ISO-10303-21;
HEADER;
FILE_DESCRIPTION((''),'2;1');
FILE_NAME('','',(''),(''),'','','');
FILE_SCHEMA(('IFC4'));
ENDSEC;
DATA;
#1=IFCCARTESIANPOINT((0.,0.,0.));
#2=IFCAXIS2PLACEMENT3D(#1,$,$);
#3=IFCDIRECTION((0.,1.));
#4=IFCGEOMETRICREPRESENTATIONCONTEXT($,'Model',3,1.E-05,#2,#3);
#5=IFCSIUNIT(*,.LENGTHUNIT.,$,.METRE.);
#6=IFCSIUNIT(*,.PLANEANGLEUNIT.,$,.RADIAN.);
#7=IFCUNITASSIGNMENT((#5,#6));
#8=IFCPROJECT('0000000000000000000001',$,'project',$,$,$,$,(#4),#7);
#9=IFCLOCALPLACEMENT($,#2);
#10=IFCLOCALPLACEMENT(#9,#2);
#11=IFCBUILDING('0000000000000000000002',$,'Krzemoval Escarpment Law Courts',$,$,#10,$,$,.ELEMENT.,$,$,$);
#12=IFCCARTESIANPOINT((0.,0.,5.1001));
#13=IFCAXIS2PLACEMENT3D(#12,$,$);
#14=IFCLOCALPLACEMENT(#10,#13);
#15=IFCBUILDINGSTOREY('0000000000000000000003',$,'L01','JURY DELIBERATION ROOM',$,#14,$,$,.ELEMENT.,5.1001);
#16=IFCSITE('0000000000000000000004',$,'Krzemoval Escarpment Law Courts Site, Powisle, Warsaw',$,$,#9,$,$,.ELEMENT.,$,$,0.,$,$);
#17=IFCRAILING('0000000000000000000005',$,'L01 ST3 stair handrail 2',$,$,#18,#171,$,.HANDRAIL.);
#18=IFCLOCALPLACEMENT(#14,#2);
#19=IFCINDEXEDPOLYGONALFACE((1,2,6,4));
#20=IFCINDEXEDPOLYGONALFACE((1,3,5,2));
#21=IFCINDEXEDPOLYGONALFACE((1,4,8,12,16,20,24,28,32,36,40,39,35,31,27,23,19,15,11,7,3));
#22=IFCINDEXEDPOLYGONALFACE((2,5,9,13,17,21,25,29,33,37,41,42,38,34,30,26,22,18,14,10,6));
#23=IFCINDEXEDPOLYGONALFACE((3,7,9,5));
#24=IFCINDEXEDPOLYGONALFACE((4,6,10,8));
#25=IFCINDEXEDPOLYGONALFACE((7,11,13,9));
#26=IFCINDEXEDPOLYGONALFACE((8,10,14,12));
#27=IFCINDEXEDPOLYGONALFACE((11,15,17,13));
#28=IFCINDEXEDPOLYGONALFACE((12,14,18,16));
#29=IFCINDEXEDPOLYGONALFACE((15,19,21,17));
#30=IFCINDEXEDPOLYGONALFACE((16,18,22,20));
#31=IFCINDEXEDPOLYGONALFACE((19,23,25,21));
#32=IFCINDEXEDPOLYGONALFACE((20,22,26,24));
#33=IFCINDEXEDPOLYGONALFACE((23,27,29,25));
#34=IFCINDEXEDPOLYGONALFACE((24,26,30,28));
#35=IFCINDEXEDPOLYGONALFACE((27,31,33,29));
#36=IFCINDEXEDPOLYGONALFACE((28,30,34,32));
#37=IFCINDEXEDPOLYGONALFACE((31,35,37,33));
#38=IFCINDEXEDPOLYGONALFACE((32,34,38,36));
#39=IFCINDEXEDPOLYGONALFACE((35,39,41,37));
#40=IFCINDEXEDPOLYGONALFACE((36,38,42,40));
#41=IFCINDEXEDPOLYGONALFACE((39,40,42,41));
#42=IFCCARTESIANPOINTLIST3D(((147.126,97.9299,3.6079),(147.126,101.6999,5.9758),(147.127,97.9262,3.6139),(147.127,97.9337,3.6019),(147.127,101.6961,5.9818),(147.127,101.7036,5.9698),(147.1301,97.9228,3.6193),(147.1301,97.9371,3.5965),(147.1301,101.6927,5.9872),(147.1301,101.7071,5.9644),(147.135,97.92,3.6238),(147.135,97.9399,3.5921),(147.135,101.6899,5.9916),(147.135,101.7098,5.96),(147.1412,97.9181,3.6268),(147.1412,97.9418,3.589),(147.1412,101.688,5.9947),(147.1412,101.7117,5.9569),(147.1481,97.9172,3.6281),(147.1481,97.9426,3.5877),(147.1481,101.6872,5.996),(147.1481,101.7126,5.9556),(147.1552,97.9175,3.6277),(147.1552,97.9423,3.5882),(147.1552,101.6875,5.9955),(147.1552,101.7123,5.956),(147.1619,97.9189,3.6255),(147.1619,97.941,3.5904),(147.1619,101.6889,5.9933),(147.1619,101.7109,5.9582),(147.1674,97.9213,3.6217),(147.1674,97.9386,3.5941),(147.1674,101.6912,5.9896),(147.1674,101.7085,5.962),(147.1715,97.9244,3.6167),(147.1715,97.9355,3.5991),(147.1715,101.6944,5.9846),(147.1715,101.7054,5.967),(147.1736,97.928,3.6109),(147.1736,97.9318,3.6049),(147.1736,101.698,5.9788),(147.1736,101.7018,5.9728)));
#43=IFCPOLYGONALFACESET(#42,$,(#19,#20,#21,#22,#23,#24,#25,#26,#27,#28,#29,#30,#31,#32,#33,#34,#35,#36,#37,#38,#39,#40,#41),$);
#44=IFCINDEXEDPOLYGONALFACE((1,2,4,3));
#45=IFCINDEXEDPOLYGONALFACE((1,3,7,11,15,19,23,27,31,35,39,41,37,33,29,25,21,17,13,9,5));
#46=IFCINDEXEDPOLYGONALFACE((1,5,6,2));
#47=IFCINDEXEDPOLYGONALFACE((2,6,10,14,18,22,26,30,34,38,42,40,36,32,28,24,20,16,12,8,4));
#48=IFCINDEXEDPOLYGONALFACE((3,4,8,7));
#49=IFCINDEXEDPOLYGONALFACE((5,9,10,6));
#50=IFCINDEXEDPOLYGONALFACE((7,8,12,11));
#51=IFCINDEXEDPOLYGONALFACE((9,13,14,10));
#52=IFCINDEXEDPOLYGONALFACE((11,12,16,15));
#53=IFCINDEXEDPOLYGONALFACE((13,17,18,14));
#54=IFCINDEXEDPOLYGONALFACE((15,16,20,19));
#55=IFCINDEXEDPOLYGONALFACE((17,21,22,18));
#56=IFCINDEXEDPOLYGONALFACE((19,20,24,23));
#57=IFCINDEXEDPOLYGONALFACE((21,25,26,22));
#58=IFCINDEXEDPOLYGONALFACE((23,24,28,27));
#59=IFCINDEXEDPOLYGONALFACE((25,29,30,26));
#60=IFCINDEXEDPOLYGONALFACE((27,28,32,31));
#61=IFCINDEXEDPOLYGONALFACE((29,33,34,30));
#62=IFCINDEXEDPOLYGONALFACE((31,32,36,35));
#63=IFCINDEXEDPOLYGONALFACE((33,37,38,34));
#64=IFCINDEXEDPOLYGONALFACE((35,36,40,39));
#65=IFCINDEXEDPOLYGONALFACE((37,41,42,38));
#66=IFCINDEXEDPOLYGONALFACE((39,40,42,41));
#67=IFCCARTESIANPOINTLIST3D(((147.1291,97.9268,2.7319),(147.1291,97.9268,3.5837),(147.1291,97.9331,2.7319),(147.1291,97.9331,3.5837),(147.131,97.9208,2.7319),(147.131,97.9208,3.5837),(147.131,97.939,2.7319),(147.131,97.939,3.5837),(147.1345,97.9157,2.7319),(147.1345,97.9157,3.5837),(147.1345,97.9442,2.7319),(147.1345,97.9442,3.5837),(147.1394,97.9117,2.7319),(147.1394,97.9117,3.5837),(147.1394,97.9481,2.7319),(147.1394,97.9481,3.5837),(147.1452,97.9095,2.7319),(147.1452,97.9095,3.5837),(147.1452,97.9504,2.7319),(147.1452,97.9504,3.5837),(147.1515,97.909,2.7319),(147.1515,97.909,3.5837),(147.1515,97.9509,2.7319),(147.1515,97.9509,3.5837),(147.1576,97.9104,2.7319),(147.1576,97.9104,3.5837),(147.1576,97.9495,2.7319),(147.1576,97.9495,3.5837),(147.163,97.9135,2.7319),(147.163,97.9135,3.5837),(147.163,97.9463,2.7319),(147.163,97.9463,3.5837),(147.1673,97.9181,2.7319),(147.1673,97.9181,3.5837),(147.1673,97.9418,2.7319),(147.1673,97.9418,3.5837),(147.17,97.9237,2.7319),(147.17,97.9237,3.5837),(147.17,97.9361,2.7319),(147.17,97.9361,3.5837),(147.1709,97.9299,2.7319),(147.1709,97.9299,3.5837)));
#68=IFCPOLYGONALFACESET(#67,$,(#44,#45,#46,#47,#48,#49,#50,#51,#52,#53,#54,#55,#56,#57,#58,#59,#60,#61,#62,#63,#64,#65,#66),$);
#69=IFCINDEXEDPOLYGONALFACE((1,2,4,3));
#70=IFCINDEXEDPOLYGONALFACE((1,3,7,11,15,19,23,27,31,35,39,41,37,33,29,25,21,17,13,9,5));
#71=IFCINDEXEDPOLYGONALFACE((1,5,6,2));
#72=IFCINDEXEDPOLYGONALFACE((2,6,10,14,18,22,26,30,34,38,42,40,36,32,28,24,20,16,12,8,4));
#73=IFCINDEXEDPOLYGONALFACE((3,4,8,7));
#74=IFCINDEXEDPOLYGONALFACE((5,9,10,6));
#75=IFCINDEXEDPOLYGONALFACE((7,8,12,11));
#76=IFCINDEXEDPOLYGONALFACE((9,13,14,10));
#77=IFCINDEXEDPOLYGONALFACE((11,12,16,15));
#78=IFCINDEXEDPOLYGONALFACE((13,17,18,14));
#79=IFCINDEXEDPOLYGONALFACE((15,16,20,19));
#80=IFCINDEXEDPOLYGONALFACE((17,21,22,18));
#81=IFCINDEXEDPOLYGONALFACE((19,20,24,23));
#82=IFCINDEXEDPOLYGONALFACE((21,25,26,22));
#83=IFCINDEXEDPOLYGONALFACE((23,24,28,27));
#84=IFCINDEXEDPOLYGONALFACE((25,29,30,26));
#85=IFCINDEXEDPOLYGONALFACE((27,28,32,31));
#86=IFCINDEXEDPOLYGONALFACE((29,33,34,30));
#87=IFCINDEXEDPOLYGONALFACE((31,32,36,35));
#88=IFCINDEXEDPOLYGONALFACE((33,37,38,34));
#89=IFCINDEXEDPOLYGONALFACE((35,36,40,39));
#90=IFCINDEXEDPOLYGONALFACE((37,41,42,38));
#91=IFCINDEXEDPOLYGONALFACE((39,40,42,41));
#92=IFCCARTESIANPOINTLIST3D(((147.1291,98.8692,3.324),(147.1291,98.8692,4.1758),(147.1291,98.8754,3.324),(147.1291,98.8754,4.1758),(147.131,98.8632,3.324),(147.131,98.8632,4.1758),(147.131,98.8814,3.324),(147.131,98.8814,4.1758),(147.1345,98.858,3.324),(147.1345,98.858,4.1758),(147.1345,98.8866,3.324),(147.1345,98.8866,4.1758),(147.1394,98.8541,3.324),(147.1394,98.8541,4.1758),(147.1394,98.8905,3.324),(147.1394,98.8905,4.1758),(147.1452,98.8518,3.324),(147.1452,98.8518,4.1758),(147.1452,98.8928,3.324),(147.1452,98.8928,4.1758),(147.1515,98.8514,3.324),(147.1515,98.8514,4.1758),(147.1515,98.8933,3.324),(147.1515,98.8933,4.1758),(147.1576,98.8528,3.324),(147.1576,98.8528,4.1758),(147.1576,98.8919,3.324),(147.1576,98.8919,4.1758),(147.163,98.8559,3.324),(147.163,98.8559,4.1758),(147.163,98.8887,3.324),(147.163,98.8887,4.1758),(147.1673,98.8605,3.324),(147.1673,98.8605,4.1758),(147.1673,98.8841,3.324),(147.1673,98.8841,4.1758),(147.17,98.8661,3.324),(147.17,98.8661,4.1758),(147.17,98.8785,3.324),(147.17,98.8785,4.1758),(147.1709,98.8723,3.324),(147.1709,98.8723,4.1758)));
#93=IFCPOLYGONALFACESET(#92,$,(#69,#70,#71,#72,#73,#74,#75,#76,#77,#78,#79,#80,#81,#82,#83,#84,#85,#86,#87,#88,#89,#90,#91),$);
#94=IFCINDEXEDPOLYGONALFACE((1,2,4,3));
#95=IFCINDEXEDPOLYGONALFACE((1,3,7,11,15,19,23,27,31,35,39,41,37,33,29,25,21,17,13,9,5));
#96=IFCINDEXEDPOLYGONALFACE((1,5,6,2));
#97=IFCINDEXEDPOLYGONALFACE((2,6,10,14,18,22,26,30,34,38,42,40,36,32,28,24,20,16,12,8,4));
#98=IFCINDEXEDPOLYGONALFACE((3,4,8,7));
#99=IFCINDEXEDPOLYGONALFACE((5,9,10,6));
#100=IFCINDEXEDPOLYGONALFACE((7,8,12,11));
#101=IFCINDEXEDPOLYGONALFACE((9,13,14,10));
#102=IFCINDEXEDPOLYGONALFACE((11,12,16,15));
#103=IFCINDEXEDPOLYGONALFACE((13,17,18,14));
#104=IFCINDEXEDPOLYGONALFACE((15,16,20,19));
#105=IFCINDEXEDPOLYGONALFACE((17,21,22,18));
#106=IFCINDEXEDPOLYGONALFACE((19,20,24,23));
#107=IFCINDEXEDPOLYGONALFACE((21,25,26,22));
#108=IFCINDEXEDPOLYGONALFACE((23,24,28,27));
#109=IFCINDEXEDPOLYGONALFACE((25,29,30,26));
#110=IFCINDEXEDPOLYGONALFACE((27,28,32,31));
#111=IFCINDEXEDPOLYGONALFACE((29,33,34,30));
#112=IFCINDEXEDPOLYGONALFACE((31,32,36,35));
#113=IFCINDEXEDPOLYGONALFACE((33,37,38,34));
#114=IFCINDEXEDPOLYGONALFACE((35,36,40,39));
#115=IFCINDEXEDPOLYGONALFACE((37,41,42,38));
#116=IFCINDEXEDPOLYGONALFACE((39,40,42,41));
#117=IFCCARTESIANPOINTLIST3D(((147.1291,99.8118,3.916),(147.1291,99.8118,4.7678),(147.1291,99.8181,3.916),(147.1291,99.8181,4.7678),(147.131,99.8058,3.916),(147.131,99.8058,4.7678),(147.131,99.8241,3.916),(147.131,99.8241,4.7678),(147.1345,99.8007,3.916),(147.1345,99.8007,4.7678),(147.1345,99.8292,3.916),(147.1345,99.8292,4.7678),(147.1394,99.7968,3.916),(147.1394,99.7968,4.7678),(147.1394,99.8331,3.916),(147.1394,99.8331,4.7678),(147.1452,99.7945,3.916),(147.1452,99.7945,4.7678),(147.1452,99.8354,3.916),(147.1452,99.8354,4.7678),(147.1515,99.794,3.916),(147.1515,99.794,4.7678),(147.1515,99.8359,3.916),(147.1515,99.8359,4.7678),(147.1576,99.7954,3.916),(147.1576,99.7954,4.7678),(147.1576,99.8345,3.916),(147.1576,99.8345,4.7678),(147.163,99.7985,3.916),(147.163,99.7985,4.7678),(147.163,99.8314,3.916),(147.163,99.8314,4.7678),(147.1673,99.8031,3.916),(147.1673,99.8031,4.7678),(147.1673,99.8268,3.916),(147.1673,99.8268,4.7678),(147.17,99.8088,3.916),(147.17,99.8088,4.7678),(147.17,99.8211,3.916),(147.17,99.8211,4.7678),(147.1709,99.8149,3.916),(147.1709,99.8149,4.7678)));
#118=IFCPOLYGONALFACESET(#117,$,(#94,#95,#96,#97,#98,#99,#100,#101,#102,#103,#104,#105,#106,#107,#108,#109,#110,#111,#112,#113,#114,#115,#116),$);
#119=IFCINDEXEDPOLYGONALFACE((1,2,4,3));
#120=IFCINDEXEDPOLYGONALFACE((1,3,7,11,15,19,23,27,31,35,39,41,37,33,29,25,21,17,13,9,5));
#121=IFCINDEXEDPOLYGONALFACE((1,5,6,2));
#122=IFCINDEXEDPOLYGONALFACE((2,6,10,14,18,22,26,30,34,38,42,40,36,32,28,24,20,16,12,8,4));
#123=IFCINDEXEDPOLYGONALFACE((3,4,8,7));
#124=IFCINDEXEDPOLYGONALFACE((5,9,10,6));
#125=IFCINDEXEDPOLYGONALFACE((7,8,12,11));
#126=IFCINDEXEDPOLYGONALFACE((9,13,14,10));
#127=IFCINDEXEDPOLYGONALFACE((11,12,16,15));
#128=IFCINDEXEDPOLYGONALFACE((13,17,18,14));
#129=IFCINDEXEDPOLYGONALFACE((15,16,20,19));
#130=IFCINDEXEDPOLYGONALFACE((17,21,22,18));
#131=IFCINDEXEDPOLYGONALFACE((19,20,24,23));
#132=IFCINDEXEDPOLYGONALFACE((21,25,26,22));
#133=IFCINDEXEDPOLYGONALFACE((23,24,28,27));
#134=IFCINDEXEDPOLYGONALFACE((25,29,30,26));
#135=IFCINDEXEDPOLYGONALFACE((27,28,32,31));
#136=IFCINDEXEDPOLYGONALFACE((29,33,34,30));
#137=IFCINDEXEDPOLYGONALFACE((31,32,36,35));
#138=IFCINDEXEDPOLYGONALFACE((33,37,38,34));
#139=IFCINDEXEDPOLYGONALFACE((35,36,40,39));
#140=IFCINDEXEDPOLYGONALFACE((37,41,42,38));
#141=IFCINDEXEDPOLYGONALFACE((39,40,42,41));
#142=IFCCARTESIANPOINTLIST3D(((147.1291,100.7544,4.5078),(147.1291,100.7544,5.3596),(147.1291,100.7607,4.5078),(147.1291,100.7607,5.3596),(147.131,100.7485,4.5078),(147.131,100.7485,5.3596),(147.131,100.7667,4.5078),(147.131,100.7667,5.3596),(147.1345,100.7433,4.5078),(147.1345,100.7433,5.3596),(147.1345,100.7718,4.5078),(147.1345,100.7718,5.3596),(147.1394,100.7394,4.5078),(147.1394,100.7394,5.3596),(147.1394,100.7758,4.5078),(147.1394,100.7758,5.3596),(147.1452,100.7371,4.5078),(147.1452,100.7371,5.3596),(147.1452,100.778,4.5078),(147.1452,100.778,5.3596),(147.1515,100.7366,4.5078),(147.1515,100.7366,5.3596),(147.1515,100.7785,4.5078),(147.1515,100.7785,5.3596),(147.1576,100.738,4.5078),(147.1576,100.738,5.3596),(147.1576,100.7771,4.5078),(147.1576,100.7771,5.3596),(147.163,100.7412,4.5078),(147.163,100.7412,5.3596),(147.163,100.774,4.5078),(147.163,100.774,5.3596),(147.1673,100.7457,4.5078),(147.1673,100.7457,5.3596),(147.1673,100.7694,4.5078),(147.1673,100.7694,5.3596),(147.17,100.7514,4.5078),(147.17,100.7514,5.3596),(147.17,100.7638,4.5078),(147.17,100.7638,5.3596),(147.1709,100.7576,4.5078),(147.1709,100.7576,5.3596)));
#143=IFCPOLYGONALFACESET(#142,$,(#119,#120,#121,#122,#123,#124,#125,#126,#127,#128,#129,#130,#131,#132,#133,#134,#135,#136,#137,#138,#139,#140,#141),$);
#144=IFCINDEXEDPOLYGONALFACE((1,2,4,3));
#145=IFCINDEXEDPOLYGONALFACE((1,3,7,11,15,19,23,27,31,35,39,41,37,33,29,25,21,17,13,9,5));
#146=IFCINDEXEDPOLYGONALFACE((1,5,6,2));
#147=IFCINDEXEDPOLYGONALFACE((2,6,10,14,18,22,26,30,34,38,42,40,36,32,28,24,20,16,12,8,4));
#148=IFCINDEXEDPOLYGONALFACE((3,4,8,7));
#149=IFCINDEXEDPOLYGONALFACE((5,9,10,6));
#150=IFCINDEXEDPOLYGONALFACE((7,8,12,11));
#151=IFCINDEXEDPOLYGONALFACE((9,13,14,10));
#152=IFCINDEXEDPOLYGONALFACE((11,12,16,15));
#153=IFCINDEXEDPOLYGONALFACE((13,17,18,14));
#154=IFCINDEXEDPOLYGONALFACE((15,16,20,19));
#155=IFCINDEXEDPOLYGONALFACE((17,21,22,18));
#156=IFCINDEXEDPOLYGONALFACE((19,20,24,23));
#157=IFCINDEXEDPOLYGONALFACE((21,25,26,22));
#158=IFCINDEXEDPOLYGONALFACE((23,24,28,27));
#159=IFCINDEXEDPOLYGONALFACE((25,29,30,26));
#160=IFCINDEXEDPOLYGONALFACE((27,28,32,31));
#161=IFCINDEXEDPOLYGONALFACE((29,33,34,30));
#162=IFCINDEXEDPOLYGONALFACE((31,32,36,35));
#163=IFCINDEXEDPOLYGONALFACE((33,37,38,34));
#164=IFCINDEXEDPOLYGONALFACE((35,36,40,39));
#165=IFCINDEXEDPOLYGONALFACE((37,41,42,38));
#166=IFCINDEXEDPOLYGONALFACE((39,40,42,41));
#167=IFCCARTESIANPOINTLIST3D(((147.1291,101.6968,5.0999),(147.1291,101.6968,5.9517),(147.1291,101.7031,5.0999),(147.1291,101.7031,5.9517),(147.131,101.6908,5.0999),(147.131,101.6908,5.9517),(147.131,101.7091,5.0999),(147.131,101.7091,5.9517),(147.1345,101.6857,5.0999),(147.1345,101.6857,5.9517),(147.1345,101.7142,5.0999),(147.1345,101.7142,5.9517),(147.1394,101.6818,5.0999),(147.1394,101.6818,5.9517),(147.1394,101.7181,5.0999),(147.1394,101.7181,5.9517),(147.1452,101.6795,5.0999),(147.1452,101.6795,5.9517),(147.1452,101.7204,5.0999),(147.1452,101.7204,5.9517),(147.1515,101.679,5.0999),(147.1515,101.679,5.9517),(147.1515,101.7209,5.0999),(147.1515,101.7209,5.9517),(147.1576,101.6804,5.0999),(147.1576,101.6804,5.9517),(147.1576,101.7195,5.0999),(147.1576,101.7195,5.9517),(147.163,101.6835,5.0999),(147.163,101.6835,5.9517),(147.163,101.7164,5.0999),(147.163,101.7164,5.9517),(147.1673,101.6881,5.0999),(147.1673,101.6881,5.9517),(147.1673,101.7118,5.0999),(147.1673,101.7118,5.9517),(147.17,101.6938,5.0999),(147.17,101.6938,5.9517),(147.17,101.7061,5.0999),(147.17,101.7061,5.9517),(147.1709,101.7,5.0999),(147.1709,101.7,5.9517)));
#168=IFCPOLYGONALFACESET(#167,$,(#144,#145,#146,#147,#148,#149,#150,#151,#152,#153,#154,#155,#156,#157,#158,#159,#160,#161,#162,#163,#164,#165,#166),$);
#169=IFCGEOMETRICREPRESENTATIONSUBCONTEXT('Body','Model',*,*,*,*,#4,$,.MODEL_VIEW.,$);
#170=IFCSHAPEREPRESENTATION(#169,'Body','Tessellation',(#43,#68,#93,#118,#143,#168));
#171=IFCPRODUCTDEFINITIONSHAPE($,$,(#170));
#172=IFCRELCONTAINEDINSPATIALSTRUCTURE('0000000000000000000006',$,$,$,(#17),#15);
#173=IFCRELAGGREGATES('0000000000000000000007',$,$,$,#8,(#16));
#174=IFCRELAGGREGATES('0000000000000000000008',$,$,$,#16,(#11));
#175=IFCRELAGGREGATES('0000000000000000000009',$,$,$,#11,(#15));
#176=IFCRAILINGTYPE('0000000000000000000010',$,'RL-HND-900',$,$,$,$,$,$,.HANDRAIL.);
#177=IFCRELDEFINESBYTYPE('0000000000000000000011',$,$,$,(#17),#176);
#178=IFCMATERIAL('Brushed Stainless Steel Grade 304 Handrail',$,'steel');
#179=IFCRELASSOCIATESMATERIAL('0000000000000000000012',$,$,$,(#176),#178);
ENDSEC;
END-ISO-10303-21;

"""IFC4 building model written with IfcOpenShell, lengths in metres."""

from ifc_helpers import new_model, si_unit, direction, frame, origin, origin_2d, place, context, subcontext, project, spatial, circle, extrude, material, type_object, element, save


model = new_model("IFC4")

# Units and contexts
model_context = context("Model", 3, precision=1e-05, world=origin(), true_north=direction((0.0, 1.0)))
body_context = subcontext(model_context, "Body", "Model", "MODEL_VIEW")
ifc_project = project(units=[si_unit("LENGTHUNIT", "METRE"), si_unit("PLANEANGLEUNIT", "RADIAN")], contexts=[model_context])

# Site, building, storey
site_placement = place(None, origin())
site = spatial("IfcSite", under=ifc_project, at=site_placement, Name="Krzemoval Escarpment Law Courts Site, Powisle, Warsaw", CompositionType="ELEMENT", RefElevation=0.0)
building_placement = place(site_placement, origin())
building = spatial("IfcBuilding", under=site, at=building_placement, Name="Krzemoval Escarpment Law Courts", CompositionType="ELEMENT")
storey_placement = place(building_placement, frame((0.0, 0.0, 5.1001)))
storey = spatial("IfcBuildingStorey", under=building, at=storey_placement, Name="L01", Description="JURY DELIBERATION ROOM", CompositionType="ELEMENT", Elevation=5.1001)

# Railing
ifc_material_1 = material(Name="Brushed Stainless Steel Grade 304 Handrail", Category="steel")
railing_type_1 = type_object("IfcRailingType", Name="RL-HND-900", PredefinedType="HANDRAIL", material=ifc_material_1)
railing_1_placement = place(storey_placement, frame((147.1499, 97.9299, 2.7319)))
element("IfcRailing", 1, at=railing_1_placement, inside=storey, type_object=railing_type_1, Name="L01 ST3 stair handrail 2", PredefinedType="HANDRAIL", context=body_context, shape_type="SweptSolid", body=[
    extrude(circle(Radius=0.0239, at=origin_2d()), frame((0.0, 0.0, 0.876), z_axis=(0.0, 0.846819, 0.531881), x_axis=(-1.0, 0.0, 0.0)), (0.0, 0.0, 1.0), 4.4519),
    extrude(circle(Radius=0.021, at=origin_2d()), origin(), (0.0, 0.0, 1.0), 0.8518),
    extrude(circle(Radius=0.021, at=origin_2d()), frame((0.0, 0.9424, 0.592)), (0.0, 0.0, 1.0), 0.8518),
    extrude(circle(Radius=0.021, at=origin_2d()), frame((0.0, 1.885, 1.1841)), (0.0, 0.0, 1.0), 0.8518),
    extrude(circle(Radius=0.021, at=origin_2d()), frame((0.0, 2.8276, 1.7759)), (0.0, 0.0, 1.0), 0.8518),
    extrude(circle(Radius=0.021, at=origin_2d()), frame((0.0, 3.77, 2.3679)), (0.0, 0.0, 1.0), 0.8518),
])

save(model, "model.ifc")
